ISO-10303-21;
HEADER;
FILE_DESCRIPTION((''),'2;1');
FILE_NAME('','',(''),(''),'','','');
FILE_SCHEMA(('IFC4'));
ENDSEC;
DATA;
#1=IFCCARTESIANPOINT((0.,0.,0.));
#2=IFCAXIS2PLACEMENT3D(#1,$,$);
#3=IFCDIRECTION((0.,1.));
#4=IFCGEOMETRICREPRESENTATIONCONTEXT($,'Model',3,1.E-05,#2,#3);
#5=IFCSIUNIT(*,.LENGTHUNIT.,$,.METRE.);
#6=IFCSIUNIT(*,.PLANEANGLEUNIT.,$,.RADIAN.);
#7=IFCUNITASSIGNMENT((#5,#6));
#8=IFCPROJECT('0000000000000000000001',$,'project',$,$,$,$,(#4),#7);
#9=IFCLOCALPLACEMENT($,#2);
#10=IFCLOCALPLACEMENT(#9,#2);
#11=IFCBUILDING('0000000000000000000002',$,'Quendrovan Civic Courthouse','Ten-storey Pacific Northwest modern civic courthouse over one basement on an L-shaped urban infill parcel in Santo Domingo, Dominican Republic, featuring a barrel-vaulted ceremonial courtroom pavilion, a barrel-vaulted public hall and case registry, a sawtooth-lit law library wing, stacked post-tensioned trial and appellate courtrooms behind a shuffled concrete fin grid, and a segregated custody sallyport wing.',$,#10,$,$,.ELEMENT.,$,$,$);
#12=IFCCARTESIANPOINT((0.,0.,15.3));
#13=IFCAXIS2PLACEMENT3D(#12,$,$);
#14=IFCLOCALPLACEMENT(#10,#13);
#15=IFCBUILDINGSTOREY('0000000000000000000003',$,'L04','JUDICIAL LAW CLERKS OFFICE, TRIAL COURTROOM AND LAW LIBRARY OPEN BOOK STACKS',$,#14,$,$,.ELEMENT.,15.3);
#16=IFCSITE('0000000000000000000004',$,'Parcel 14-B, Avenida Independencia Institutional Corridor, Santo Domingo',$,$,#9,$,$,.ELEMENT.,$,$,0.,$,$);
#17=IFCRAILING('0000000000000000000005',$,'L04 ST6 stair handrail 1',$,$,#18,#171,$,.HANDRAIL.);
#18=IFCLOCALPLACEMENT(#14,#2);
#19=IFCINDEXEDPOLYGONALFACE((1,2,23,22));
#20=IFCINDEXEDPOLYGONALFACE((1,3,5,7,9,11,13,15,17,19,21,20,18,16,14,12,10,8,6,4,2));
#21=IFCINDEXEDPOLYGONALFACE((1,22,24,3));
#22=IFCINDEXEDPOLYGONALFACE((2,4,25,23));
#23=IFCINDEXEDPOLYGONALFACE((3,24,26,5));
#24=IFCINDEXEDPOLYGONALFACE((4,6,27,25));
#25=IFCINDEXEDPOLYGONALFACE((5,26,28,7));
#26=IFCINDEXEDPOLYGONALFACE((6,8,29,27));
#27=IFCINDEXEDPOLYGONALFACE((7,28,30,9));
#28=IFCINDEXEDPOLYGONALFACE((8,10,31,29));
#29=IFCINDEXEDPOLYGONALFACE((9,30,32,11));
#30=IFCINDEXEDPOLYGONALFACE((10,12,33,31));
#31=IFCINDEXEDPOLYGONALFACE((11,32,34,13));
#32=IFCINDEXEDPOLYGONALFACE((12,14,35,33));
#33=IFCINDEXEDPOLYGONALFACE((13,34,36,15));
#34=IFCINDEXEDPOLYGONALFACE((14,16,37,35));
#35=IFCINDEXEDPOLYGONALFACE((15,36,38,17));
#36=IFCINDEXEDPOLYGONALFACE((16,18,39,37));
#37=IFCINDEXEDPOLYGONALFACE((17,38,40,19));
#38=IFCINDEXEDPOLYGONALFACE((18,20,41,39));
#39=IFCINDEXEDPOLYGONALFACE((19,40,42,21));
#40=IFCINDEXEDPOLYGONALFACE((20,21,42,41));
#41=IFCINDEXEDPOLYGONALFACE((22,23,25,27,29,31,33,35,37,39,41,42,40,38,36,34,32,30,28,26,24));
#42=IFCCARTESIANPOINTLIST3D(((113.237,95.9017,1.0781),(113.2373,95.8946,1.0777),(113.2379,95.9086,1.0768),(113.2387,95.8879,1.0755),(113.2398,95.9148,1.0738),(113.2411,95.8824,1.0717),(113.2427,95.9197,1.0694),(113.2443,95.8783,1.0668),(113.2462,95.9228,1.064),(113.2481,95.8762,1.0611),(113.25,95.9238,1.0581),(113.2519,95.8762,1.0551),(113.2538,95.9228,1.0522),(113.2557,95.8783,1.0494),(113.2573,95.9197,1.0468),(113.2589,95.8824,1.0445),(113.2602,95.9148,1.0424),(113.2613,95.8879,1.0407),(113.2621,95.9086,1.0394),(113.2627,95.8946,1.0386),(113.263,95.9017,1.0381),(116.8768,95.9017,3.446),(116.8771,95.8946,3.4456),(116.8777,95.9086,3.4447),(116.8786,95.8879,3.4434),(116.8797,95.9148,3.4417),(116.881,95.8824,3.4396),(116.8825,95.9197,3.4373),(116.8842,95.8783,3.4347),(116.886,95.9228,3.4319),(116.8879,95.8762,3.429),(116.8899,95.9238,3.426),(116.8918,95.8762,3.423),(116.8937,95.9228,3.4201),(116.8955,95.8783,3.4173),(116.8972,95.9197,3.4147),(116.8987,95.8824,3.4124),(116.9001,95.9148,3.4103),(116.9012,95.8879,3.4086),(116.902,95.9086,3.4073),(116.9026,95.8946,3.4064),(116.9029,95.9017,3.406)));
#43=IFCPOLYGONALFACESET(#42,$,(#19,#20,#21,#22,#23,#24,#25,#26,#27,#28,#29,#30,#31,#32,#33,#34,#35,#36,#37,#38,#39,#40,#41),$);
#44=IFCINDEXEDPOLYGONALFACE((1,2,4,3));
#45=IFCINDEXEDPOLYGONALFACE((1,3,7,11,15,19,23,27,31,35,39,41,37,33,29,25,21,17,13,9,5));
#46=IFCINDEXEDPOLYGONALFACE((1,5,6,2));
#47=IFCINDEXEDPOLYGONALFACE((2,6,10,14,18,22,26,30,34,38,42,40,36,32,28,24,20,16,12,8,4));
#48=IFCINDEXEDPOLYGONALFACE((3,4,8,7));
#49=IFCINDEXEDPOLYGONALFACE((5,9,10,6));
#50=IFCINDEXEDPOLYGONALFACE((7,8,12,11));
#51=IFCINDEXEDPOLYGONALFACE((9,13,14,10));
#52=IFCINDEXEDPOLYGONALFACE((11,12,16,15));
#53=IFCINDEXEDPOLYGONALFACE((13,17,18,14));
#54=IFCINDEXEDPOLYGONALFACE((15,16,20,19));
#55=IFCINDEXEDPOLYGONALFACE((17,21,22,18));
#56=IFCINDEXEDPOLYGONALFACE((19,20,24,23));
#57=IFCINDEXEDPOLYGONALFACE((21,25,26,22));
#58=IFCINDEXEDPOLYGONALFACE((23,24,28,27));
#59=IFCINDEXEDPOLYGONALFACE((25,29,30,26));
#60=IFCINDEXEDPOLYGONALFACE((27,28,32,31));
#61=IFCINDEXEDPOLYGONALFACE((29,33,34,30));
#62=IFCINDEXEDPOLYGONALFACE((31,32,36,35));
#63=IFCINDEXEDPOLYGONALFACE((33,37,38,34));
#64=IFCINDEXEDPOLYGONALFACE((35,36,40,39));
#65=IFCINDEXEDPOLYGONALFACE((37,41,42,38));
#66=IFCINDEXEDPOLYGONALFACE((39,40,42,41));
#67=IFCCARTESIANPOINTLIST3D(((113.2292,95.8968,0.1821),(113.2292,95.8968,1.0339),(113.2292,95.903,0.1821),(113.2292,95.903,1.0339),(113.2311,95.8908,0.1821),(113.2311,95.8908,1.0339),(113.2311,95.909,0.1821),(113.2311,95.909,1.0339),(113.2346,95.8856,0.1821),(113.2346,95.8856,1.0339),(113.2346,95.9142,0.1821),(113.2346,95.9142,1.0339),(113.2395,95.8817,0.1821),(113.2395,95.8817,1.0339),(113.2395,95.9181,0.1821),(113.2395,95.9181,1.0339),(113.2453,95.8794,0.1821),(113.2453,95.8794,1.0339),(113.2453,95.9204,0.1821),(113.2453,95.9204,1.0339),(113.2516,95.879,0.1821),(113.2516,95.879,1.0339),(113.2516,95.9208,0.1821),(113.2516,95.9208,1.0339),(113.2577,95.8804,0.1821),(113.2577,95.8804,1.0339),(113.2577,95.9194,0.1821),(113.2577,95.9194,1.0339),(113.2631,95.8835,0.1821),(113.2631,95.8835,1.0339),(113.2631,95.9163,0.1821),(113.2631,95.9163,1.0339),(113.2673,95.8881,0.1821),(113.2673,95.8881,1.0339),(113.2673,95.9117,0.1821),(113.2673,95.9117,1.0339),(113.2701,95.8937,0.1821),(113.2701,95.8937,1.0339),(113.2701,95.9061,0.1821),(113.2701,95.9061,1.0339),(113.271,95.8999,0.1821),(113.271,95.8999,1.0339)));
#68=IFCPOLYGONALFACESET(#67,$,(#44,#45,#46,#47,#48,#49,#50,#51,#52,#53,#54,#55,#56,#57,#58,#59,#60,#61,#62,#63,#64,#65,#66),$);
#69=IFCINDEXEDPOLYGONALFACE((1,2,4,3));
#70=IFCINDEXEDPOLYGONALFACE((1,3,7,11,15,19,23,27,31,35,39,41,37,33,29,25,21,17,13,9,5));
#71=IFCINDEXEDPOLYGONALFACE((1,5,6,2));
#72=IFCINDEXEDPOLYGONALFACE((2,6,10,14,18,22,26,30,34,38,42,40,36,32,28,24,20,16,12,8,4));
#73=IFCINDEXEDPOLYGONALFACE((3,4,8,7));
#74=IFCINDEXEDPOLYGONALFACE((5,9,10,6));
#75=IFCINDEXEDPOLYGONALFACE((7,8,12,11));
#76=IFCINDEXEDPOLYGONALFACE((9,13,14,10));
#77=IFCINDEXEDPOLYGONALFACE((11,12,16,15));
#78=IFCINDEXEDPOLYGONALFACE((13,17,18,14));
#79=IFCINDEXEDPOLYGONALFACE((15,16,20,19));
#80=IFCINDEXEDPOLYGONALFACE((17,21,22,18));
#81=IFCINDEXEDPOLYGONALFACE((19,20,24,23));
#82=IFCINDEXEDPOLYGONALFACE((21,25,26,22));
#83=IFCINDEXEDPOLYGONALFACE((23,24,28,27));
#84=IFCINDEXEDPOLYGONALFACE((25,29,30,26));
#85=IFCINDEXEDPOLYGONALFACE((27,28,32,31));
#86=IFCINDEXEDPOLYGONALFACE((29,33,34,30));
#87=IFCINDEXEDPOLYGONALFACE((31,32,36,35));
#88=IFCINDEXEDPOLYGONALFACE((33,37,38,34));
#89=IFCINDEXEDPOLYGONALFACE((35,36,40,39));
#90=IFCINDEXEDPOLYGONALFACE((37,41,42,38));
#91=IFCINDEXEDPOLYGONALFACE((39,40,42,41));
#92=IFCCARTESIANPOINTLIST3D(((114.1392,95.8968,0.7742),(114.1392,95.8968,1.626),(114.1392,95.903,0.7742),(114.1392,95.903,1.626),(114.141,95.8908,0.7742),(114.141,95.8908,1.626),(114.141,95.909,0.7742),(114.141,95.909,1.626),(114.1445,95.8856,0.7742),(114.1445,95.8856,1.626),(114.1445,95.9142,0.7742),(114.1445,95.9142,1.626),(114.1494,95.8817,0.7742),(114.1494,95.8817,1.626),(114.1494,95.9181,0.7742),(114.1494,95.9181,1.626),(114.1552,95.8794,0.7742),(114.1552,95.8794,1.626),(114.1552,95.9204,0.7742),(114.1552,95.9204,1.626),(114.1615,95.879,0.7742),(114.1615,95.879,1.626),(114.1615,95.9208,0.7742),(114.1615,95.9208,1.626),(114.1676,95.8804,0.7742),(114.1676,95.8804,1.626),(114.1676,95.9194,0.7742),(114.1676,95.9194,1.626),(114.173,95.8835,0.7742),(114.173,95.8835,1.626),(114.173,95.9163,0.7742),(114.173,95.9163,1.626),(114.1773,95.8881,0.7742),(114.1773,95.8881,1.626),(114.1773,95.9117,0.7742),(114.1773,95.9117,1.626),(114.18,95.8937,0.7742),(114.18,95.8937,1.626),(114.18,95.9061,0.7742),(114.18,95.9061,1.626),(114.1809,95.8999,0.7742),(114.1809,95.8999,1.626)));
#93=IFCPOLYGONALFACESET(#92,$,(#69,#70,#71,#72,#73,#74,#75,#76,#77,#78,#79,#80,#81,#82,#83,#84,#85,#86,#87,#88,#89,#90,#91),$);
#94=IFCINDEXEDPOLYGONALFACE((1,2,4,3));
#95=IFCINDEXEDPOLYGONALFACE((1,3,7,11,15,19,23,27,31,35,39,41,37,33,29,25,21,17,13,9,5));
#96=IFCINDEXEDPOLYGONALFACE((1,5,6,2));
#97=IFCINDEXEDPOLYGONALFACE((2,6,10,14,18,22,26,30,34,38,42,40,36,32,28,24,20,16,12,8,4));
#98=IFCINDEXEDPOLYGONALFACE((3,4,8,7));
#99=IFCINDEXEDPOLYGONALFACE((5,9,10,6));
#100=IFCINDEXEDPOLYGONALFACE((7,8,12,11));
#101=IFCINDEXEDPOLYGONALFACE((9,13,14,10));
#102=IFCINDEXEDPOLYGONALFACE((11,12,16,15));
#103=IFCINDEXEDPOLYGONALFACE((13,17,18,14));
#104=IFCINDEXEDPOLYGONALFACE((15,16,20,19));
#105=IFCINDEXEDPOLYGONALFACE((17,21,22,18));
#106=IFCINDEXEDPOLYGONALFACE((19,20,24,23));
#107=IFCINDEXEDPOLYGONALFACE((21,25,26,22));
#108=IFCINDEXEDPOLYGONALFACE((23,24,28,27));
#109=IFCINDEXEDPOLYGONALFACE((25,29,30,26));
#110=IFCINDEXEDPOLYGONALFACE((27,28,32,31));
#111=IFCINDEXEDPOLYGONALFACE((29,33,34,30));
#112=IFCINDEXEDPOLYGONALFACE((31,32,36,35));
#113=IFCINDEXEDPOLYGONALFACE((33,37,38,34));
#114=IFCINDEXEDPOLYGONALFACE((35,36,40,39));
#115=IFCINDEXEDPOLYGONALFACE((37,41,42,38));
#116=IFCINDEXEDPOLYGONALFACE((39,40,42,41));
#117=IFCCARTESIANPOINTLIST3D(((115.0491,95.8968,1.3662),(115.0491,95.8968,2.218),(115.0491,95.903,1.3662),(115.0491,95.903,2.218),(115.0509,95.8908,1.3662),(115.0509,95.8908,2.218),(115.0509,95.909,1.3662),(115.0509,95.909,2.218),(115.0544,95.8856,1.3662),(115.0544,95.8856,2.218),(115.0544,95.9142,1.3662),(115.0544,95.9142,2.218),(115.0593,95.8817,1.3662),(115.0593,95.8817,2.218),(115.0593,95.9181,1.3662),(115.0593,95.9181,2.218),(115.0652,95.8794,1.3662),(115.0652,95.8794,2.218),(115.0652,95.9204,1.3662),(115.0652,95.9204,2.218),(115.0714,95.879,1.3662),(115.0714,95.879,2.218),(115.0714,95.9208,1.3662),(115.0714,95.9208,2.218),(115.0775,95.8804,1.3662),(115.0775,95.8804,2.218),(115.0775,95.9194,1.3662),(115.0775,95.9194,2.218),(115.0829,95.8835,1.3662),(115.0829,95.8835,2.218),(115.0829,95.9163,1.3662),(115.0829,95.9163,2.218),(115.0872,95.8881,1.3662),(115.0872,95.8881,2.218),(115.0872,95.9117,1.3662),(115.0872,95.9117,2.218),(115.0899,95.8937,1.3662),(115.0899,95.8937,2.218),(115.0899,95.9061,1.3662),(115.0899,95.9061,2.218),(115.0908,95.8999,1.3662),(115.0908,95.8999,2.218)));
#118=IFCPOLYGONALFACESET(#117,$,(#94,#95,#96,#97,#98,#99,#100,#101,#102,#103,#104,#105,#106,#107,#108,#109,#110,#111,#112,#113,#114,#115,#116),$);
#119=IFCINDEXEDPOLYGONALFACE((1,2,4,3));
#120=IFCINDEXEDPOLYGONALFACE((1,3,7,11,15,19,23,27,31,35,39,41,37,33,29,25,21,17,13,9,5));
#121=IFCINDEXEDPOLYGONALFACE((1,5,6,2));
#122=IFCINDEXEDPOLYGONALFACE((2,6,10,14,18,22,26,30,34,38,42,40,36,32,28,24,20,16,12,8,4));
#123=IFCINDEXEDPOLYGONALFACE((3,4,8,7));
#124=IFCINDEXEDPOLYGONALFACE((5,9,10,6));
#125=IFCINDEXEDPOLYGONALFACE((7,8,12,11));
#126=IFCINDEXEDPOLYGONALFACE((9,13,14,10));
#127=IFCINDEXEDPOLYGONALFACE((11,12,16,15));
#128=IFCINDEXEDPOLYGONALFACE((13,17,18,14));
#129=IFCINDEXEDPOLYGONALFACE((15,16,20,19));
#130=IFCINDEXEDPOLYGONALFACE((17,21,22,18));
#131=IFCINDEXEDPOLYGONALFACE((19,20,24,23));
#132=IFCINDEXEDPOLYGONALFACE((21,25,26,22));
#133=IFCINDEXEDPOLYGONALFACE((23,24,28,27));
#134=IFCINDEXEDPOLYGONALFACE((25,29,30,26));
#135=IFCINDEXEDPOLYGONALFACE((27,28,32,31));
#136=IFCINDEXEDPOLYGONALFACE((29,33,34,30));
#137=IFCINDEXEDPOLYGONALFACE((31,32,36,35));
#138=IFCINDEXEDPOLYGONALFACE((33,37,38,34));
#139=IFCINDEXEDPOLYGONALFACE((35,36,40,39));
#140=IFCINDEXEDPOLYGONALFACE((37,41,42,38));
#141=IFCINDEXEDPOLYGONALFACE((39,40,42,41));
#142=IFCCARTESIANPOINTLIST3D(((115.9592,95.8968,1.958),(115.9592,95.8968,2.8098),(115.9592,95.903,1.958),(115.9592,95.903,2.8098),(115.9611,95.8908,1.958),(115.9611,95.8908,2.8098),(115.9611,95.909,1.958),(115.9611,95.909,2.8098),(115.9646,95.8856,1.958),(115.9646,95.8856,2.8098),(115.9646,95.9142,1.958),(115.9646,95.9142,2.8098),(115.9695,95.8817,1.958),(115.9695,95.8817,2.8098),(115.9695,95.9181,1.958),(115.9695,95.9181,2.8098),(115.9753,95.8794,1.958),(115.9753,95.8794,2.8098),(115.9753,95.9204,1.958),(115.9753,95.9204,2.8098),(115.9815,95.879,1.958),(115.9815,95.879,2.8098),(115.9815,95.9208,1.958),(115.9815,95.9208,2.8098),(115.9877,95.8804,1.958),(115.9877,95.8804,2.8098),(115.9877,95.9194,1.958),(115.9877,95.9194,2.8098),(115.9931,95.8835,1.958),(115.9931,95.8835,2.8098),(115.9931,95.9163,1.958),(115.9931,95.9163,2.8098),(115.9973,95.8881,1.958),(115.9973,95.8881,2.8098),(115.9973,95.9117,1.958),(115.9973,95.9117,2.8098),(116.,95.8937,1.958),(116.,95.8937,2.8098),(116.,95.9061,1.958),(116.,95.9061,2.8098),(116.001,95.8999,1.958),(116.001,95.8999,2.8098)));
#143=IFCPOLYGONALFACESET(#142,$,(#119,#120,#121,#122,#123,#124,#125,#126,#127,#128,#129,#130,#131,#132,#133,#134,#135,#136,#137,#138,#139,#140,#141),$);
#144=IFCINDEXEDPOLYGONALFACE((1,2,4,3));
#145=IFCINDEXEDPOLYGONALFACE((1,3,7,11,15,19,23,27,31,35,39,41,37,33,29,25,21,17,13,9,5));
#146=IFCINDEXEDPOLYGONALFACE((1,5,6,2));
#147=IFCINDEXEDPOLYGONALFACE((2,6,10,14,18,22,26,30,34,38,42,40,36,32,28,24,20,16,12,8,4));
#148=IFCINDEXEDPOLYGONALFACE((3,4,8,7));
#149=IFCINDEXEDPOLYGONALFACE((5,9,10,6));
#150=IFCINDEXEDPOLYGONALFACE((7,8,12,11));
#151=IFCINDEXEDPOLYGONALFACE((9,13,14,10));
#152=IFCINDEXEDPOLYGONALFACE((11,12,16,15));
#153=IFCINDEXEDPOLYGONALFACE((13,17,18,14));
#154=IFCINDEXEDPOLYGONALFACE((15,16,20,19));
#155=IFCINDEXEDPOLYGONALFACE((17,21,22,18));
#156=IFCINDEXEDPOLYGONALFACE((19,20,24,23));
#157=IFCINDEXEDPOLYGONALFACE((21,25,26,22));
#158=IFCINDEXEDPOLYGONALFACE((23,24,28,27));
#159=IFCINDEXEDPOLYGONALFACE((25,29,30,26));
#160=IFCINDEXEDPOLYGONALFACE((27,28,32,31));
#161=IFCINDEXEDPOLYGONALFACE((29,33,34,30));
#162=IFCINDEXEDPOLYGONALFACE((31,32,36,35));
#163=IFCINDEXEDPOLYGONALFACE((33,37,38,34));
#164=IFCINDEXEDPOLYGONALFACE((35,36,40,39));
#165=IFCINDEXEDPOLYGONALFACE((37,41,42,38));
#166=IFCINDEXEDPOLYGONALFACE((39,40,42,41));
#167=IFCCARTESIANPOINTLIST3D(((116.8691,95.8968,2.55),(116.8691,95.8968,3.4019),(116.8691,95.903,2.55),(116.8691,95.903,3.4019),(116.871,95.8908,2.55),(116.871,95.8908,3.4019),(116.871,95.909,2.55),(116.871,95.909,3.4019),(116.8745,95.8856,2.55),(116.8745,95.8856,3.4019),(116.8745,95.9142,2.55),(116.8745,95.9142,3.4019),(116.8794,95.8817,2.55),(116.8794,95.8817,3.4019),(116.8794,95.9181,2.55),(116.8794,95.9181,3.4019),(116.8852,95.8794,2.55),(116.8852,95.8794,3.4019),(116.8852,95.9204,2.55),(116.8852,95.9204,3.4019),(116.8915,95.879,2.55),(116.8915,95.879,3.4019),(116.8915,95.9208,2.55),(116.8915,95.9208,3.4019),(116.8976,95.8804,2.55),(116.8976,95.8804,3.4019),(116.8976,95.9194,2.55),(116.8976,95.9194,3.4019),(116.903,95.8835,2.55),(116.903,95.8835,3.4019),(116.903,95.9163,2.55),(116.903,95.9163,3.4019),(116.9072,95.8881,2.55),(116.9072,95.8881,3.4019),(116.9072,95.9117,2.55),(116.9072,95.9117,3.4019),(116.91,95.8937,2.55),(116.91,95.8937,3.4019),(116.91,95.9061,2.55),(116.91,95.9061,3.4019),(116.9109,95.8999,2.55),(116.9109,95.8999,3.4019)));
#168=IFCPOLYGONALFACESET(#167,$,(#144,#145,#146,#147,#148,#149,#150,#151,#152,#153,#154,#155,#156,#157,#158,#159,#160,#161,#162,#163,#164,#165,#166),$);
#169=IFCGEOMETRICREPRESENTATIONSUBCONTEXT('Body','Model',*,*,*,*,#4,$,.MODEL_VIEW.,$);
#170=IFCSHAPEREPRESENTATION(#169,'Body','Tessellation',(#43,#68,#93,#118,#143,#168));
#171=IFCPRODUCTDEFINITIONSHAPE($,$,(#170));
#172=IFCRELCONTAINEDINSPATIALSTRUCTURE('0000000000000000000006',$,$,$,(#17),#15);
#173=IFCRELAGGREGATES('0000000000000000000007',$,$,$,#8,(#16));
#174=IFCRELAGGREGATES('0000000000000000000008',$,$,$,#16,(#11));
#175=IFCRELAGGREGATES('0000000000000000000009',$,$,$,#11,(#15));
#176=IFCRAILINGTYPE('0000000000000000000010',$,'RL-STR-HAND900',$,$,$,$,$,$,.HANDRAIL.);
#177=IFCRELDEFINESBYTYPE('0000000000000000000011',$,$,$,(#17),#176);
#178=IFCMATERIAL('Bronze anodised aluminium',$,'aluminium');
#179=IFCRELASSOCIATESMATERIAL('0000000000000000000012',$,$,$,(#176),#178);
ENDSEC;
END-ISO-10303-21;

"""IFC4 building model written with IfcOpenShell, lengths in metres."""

from ifc_helpers import new_model, si_unit, direction, frame, origin, origin_2d, place, context, subcontext, project, spatial, circle, extrude, material, type_object, element, save


model = new_model("IFC4")

# Units and contexts
model_context = context("Model", 3, precision=1e-05, world=origin(), true_north=direction((0.0, 1.0)))
body_context = subcontext(model_context, "Body", "Model", "MODEL_VIEW")
ifc_project = project(units=[si_unit("LENGTHUNIT", "METRE"), si_unit("PLANEANGLEUNIT", "RADIAN")], contexts=[model_context])

# Site, building, storey
site_placement = place(None, origin())
site = spatial("IfcSite", under=ifc_project, at=site_placement, Name="Parcel 14-B, Avenida Independencia Institutional Corridor, Santo Domingo", CompositionType="ELEMENT", RefElevation=0.0)
building_placement = place(site_placement, origin())
building = spatial("IfcBuilding", under=site, at=building_placement, Name="Quendrovan Civic Courthouse", Description="Ten-storey Pacific Northwest modern civic courthouse over one basement on an L-shaped urban infill parcel in Santo Domingo, Dominican Republic, featuring a barrel-vaulted ceremonial courtroom pavilion, a barrel-vaulted public hall and case registry, a sawtooth-lit law library wing, stacked post-tensioned trial and appellate courtrooms behind a shuffled concrete fin grid, and a segregated custody sallyport wing.", CompositionType="ELEMENT")
storey_placement = place(building_placement, frame((0.0, 0.0, 15.3)))
storey = spatial("IfcBuildingStorey", under=building, at=storey_placement, Name="L04", Description="JUDICIAL LAW CLERKS OFFICE, TRIAL COURTROOM AND LAW LIBRARY OPEN BOOK STACKS", CompositionType="ELEMENT", Elevation=15.3)

# Shared definitions
ifc_material_1 = material(Name="Bronze anodised aluminium", Category="aluminium")

# Railing
railing_type_1 = type_object("IfcRailingType", Name="RL-STR-HAND900", PredefinedType="HANDRAIL", material=ifc_material_1)
railing_1_placement = place(storey_placement, frame((113.25, 95.8999, 0.1821)))
element("IfcRailing", 1, at=railing_1_placement, inside=storey, type_object=railing_type_1, Name="L04 ST6 stair handrail 1", PredefinedType="HANDRAIL", context=body_context, shape_type="SweptSolid", body=[
    extrude(circle(Radius=0.0239, at=origin_2d()), frame((0.0, 0.0, 0.876), z_axis=(0.838234, 0.0, 0.54531), x_axis=(0.0, 1.0, 0.0)), (0.0, 0.0, 1.0), 4.3423),
    extrude(circle(Radius=0.021, at=origin_2d()), origin(), (0.0, 0.0, 1.0), 0.8518),
    extrude(circle(Radius=0.021, at=origin_2d()), frame((0.9099, 0.0, 0.592)), (0.0, 0.0, 1.0), 0.8518),
    extrude(circle(Radius=0.021, at=origin_2d()), frame((1.8198, 0.0, 1.1841)), (0.0, 0.0, 1.0), 0.8518),
    extrude(circle(Radius=0.021, at=origin_2d()), frame((2.73, 0.0, 1.7759)), (0.0, 0.0, 1.0), 0.8518),
    extrude(circle(Radius=0.021, at=origin_2d()), frame((3.6399, 0.0, 2.3679)), (0.0, 0.0, 1.0), 0.8518),
])

save(model, "model.ifc")
